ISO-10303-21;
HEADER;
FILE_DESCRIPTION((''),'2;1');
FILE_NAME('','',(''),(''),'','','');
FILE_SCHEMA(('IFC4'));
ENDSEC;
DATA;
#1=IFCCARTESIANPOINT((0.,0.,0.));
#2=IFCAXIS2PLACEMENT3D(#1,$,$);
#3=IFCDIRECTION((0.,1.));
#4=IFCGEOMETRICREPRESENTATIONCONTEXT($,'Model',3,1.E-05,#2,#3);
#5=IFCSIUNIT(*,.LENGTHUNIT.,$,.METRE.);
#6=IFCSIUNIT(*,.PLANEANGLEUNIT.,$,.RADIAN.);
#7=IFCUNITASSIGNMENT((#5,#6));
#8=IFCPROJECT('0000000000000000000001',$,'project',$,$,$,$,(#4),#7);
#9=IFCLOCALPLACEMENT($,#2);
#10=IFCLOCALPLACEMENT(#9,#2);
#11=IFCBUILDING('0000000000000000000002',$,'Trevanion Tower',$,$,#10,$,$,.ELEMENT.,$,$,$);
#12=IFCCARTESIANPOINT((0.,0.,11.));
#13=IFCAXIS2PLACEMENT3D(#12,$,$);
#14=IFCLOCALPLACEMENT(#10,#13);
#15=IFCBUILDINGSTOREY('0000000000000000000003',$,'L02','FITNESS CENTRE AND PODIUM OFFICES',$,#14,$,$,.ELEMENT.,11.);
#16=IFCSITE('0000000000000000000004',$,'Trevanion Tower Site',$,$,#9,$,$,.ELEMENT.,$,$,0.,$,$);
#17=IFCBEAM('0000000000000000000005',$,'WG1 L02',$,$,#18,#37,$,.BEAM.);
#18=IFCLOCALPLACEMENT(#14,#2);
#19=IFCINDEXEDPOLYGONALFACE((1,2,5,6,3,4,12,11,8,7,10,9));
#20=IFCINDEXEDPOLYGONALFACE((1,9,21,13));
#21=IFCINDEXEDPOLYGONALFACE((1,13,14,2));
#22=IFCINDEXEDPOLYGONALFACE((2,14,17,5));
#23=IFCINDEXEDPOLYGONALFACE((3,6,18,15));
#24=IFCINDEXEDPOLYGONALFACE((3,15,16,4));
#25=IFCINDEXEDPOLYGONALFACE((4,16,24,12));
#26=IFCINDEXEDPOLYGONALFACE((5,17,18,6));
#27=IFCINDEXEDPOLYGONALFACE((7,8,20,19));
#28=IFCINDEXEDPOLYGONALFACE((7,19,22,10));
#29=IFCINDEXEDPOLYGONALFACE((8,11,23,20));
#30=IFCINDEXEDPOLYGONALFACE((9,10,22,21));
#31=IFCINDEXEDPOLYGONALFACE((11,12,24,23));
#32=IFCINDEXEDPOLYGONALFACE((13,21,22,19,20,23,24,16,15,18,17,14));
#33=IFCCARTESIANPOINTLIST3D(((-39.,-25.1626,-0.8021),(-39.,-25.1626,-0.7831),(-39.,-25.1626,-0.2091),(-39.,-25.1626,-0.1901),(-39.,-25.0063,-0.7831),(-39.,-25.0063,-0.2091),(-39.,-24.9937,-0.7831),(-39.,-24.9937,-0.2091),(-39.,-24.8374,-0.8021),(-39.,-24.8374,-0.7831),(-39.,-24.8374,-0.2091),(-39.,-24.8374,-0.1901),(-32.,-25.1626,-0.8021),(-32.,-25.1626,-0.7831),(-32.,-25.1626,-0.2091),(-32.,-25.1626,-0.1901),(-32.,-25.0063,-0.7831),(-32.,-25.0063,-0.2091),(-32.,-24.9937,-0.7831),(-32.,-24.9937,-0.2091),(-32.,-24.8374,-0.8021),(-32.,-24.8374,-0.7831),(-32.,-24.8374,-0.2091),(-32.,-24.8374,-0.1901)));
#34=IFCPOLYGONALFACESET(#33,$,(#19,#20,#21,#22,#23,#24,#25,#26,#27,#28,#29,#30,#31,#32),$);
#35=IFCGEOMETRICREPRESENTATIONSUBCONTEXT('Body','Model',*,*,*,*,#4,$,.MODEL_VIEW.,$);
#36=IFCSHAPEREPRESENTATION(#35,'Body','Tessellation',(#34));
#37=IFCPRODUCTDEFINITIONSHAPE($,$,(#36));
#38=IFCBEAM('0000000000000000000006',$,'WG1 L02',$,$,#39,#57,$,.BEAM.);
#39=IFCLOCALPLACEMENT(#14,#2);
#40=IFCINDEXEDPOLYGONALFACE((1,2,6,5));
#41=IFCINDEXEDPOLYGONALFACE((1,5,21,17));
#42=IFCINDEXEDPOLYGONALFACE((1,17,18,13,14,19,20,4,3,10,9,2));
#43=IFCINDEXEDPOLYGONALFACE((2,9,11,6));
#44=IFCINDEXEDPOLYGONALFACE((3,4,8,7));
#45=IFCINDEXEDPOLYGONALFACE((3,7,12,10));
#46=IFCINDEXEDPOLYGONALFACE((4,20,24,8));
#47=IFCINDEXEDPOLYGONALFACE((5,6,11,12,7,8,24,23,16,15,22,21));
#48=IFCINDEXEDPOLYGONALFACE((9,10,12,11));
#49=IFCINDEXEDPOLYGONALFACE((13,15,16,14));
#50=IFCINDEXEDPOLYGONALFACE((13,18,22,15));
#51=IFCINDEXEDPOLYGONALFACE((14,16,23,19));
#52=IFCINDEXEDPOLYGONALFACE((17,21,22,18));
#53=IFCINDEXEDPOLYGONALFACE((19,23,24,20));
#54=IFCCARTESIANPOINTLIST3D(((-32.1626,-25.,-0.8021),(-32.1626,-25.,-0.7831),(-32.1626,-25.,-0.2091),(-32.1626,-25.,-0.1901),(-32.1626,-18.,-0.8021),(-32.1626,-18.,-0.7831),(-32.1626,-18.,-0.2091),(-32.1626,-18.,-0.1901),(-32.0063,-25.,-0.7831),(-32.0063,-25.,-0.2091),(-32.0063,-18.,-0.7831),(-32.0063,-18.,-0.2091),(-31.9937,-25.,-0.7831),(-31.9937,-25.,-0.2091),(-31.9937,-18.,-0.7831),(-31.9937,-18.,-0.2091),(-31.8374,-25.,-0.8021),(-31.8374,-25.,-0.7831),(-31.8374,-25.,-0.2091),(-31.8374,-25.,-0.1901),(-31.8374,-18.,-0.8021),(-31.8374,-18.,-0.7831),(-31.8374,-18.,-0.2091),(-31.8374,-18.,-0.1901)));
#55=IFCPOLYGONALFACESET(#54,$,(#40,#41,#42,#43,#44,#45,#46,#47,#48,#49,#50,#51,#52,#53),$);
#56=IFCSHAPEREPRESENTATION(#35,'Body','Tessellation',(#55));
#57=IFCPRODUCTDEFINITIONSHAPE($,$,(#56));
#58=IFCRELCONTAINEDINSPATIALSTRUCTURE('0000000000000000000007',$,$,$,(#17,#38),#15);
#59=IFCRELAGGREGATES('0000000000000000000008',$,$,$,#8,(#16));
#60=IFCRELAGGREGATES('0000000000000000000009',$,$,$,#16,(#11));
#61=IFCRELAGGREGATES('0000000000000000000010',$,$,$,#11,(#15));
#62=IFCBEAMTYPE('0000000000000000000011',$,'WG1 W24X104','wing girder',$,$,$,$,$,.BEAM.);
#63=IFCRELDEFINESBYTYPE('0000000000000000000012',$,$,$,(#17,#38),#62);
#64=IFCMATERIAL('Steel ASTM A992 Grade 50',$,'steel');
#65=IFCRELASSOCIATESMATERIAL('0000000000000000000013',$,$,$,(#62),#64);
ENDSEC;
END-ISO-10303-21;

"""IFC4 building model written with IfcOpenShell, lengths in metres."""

from ifc_helpers import new_model, si_unit, direction, frame, origin, origin_2d, place, context, subcontext, project, spatial, i_section, extrude, material, material_profile, profile_set, type_object, element, save


model = new_model("IFC4")

# Units and contexts
model_context = context("Model", 3, precision=1e-05, world=origin(), true_north=direction((0.0, 1.0)))
body_context = subcontext(model_context, "Body", "Model", "MODEL_VIEW")
ifc_project = project(units=[si_unit("LENGTHUNIT", "METRE"), si_unit("PLANEANGLEUNIT", "RADIAN")], contexts=[model_context])

# Site, building, storey
site_placement = place(None, origin())
site = spatial("IfcSite", under=ifc_project, at=site_placement, Name="Trevanion Tower Site", CompositionType="ELEMENT", RefElevation=0.0)
building_placement = place(site_placement, origin())
building = spatial("IfcBuilding", under=site, at=building_placement, Name="Trevanion Tower", CompositionType="ELEMENT")
storey_placement = place(building_placement, frame((0.0, 0.0, 11.0)))
storey = spatial("IfcBuildingStorey", under=building, at=storey_placement, Name="L02", Description="FITNESS CENTRE AND PODIUM OFFICES", CompositionType="ELEMENT", Elevation=11.0)

# Beams
ifc_material_1 = material(Name="Steel ASTM A992 Grade 50", Category="steel")
ifc_material_profile_1 = material_profile(ifc_material_1, i_section(OverallWidth=0.3252, OverallDepth=0.6121, WebThickness=0.0127, FlangeThickness=0.019, at=origin_2d()), Name="W24X104")
ifc_profile_set_1 = profile_set([ifc_material_profile_1], Name="Steel ASTM A992 Grade 50")
beam_type_1 = type_object("IfcBeamType", Name="WG1 W24X104", Description="wing girder", PredefinedType="BEAM", material=ifc_profile_set_1)
for number, where, z_axis, x_axis, name in (
    (1, (-32.0, -25.0, -0.4961), (-1.0, 0.0, 0.0), (0.0, -1.0, 0.0), "WG1 L02"),
    (2, (-32.0, -18.0, -0.4961), (0.0, -1.0, 0.0), (1.0, 0.0, 0.0), "WG1 L02"),
):
    element("IfcBeam", number, at=place(storey_placement, frame(where, z_axis=z_axis, x_axis=x_axis)), inside=storey, type_object=beam_type_1, Name=name, PredefinedType="BEAM", context=body_context, shape_type="SweptSolid", body=[
        extrude(i_section(OverallWidth=0.3252, OverallDepth=0.6121, WebThickness=0.0127, FlangeThickness=0.019, at=origin_2d()), origin(), (0.0, 0.0, 1.0), 7.0),
    ])

save(model, "model.ifc")
